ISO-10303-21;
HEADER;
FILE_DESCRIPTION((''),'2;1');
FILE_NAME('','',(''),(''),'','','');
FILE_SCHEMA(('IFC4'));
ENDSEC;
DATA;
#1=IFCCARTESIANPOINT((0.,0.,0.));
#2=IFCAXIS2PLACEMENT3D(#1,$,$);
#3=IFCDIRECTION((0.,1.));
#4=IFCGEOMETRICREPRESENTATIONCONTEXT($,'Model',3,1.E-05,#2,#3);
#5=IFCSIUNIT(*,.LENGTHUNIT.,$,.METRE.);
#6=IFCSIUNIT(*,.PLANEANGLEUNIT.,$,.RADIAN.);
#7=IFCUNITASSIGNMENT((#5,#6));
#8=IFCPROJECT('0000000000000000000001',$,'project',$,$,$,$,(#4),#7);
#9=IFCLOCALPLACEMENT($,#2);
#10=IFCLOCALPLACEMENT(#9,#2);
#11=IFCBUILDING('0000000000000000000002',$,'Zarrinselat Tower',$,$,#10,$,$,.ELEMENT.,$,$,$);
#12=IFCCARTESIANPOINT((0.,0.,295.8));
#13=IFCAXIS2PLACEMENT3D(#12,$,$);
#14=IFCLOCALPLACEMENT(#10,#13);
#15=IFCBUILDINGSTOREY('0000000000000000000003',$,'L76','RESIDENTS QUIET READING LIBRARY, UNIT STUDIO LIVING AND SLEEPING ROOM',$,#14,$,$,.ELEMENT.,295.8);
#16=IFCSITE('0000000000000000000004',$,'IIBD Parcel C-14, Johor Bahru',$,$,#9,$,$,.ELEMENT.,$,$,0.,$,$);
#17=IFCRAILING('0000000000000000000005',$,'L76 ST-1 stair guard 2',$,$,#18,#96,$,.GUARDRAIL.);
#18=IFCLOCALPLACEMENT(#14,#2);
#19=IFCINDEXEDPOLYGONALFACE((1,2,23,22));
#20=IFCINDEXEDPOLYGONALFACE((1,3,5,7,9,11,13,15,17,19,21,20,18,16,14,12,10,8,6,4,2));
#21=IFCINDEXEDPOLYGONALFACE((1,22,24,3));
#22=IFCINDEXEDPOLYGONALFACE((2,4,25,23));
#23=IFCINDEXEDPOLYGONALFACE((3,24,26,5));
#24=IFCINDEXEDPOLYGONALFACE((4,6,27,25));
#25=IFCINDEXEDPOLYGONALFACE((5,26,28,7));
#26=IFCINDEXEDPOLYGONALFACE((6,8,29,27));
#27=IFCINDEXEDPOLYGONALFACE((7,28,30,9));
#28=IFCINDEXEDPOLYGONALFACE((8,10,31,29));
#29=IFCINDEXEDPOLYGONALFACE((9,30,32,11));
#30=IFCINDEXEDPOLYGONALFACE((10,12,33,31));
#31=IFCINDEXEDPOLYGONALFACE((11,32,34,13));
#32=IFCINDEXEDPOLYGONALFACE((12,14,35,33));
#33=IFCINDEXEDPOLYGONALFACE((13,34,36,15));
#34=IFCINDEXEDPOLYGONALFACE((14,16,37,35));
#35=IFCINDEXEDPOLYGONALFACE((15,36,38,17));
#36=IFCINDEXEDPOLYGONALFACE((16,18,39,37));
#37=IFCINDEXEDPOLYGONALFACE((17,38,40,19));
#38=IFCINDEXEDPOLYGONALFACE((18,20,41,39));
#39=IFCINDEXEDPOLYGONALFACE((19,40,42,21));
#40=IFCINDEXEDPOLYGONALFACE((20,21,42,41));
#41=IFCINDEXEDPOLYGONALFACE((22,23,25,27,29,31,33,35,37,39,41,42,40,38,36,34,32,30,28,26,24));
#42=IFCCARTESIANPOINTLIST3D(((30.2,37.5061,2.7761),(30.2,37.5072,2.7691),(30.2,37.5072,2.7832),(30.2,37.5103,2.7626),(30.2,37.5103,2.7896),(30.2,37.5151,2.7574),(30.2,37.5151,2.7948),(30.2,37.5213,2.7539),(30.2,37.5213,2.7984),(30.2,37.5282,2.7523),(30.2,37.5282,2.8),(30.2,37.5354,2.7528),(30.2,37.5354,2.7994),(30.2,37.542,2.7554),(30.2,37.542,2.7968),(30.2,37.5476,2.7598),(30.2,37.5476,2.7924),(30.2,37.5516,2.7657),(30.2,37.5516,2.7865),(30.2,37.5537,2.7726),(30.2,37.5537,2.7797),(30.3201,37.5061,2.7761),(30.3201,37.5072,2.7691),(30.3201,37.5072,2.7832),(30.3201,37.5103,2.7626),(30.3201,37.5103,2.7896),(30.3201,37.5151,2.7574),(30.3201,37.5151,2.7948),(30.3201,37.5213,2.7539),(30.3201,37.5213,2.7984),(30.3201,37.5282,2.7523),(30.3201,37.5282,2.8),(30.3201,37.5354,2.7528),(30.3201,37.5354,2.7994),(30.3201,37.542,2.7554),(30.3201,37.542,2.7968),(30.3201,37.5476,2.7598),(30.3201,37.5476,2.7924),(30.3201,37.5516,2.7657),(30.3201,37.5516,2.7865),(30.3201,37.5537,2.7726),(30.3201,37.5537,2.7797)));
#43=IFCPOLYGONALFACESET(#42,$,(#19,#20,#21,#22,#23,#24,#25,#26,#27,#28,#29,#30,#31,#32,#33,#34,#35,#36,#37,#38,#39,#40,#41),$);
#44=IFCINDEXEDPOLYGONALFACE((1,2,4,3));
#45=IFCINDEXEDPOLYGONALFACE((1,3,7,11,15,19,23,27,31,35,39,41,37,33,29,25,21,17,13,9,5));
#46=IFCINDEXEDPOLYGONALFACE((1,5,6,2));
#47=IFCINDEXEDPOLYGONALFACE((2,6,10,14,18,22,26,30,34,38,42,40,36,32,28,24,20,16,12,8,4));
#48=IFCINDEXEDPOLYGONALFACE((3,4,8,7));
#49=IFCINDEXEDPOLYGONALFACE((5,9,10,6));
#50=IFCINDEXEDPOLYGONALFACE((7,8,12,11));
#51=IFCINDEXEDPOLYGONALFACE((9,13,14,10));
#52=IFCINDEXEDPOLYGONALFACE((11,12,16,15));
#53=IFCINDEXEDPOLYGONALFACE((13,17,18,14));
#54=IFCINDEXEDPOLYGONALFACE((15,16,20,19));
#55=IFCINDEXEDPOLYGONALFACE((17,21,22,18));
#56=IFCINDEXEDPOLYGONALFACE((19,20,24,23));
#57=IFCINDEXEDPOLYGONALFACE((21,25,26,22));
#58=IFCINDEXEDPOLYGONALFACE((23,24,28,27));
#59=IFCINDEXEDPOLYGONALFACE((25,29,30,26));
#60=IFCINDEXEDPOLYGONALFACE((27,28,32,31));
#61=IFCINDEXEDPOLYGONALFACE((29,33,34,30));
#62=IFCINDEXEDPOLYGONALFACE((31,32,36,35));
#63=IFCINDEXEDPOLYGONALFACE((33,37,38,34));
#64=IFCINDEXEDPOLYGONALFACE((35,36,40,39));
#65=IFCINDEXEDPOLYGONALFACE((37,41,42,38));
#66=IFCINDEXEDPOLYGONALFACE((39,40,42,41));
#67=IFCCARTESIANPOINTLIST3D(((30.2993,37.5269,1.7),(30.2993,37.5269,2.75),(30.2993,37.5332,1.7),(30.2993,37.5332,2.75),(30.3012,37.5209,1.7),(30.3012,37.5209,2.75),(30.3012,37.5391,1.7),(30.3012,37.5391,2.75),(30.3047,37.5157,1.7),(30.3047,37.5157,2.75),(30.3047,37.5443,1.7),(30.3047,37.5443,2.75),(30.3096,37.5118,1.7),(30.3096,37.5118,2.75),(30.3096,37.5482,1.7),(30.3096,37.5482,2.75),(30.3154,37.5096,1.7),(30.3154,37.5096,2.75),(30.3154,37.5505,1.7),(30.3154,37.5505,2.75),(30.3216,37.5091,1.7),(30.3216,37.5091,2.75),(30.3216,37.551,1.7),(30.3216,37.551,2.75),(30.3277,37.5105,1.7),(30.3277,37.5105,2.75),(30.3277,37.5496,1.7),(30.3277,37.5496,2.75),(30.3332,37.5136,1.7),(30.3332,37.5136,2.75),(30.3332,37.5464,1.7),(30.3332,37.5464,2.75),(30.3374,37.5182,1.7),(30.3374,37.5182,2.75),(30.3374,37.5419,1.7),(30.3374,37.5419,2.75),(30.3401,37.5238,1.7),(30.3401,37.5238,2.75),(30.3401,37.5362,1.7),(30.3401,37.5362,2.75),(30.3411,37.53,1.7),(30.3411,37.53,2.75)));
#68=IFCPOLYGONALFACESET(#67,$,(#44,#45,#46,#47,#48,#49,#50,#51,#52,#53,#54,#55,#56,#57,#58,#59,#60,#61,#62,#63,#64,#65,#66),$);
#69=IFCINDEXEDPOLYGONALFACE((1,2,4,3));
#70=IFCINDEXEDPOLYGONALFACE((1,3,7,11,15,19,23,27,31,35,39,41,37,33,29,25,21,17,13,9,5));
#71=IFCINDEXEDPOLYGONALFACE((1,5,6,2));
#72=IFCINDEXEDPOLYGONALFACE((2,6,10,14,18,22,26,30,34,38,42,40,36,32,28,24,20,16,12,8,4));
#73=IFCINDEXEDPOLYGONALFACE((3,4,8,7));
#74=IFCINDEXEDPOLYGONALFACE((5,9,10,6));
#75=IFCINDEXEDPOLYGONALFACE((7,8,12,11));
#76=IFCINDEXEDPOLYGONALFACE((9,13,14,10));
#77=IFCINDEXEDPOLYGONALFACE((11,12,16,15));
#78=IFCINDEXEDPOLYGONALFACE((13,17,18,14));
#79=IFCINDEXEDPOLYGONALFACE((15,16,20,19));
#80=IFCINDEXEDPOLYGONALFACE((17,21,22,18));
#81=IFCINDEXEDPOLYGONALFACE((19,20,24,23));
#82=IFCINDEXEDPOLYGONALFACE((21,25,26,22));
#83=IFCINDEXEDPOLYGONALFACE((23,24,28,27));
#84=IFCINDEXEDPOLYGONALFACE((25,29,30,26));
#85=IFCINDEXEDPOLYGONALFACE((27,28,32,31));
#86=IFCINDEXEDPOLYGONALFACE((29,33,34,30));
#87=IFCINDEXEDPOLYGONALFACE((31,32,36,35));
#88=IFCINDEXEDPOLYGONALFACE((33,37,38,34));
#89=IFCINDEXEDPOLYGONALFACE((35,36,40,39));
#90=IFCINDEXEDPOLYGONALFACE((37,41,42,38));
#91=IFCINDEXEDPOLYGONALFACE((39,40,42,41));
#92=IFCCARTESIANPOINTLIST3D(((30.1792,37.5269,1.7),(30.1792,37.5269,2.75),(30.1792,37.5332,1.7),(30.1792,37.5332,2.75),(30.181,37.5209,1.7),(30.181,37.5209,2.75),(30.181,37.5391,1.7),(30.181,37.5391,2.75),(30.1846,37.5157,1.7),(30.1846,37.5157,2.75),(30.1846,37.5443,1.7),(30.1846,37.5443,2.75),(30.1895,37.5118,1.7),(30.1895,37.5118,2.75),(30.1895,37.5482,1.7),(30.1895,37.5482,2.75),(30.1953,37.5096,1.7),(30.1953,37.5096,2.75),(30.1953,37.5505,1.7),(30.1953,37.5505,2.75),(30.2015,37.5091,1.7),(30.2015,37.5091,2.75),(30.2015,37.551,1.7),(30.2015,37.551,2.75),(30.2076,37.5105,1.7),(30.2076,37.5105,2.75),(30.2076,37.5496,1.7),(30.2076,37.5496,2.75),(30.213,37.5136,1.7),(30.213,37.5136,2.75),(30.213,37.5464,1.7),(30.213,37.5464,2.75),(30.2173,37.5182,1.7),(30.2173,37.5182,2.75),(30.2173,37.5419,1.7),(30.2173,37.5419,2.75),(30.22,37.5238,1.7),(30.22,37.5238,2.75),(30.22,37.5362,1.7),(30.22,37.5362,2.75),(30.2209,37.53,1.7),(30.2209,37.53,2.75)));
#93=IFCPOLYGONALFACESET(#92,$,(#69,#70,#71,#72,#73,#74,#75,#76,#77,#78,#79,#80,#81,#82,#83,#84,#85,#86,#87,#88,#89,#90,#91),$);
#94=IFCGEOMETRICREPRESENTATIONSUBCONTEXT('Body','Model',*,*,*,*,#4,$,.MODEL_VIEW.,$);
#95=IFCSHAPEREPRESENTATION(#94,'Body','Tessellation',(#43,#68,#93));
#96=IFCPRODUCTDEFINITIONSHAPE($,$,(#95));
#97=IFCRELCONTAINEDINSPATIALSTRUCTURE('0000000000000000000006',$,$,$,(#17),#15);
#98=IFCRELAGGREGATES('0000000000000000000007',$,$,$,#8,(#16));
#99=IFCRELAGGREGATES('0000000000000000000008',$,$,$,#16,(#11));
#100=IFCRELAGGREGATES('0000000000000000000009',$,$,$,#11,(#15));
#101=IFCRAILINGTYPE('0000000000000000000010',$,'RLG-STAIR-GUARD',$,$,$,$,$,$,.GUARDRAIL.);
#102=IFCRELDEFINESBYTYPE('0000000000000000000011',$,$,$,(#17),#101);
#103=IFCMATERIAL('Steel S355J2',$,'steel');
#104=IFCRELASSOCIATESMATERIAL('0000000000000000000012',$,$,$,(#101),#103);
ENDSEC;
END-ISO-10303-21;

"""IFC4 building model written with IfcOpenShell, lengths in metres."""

from ifc_helpers import new_model, si_unit, direction, frame, origin, origin_2d, place, context, subcontext, project, spatial, circle, extrude, material, type_object, element, save


model = new_model("IFC4")

# Units and contexts
model_context = context("Model", 3, precision=1e-05, world=origin(), true_north=direction((0.0, 1.0)))
body_context = subcontext(model_context, "Body", "Model", "MODEL_VIEW")
ifc_project = project(units=[si_unit("LENGTHUNIT", "METRE"), si_unit("PLANEANGLEUNIT", "RADIAN")], contexts=[model_context])

# Site, building, storey
site_placement = place(None, origin())
site = spatial("IfcSite", under=ifc_project, at=site_placement, Name="IIBD Parcel C-14, Johor Bahru", CompositionType="ELEMENT", RefElevation=0.0)
building_placement = place(site_placement, origin())
building = spatial("IfcBuilding", under=site, at=building_placement, Name="Zarrinselat Tower", CompositionType="ELEMENT")
storey_placement = place(building_placement, frame((0.0, 0.0, 295.8)))
storey = spatial("IfcBuildingStorey", under=building, at=storey_placement, Name="L76", Description="RESIDENTS QUIET READING LIBRARY, UNIT STUDIO LIVING AND SLEEPING ROOM", CompositionType="ELEMENT", Elevation=295.8)

# Railing
ifc_material_1 = material(Name="Steel S355J2", Category="steel")
railing_type_1 = type_object("IfcRailingType", Name="RLG-STAIR-GUARD", PredefinedType="GUARDRAIL", material=ifc_material_1)
railing_1_placement = place(storey_placement, frame((30.3201, 37.53, 1.7)))
element("IfcRailing", 1, at=railing_1_placement, inside=storey, type_object=railing_type_1, Name="L76 ST-1 stair guard 2", PredefinedType="GUARDRAIL", context=body_context, shape_type="SweptSolid", body=[
    extrude(circle(Radius=0.0239, at=origin_2d()), frame((0.0, 0.0, 1.0762), z_axis=(-1.0, 0.0, 0.0), x_axis=(0.0, -1.0, 0.0)), (0.0, 0.0, 1.0), 0.1201),
    extrude(circle(Radius=0.021, at=origin_2d()), origin(), (0.0, 0.0, 1.0), 1.05),
    extrude(circle(Radius=0.021, at=origin_2d()), frame((-0.1201, 0.0, 0.0)), (0.0, 0.0, 1.0), 1.05),
])

save(model, "model.ifc")
